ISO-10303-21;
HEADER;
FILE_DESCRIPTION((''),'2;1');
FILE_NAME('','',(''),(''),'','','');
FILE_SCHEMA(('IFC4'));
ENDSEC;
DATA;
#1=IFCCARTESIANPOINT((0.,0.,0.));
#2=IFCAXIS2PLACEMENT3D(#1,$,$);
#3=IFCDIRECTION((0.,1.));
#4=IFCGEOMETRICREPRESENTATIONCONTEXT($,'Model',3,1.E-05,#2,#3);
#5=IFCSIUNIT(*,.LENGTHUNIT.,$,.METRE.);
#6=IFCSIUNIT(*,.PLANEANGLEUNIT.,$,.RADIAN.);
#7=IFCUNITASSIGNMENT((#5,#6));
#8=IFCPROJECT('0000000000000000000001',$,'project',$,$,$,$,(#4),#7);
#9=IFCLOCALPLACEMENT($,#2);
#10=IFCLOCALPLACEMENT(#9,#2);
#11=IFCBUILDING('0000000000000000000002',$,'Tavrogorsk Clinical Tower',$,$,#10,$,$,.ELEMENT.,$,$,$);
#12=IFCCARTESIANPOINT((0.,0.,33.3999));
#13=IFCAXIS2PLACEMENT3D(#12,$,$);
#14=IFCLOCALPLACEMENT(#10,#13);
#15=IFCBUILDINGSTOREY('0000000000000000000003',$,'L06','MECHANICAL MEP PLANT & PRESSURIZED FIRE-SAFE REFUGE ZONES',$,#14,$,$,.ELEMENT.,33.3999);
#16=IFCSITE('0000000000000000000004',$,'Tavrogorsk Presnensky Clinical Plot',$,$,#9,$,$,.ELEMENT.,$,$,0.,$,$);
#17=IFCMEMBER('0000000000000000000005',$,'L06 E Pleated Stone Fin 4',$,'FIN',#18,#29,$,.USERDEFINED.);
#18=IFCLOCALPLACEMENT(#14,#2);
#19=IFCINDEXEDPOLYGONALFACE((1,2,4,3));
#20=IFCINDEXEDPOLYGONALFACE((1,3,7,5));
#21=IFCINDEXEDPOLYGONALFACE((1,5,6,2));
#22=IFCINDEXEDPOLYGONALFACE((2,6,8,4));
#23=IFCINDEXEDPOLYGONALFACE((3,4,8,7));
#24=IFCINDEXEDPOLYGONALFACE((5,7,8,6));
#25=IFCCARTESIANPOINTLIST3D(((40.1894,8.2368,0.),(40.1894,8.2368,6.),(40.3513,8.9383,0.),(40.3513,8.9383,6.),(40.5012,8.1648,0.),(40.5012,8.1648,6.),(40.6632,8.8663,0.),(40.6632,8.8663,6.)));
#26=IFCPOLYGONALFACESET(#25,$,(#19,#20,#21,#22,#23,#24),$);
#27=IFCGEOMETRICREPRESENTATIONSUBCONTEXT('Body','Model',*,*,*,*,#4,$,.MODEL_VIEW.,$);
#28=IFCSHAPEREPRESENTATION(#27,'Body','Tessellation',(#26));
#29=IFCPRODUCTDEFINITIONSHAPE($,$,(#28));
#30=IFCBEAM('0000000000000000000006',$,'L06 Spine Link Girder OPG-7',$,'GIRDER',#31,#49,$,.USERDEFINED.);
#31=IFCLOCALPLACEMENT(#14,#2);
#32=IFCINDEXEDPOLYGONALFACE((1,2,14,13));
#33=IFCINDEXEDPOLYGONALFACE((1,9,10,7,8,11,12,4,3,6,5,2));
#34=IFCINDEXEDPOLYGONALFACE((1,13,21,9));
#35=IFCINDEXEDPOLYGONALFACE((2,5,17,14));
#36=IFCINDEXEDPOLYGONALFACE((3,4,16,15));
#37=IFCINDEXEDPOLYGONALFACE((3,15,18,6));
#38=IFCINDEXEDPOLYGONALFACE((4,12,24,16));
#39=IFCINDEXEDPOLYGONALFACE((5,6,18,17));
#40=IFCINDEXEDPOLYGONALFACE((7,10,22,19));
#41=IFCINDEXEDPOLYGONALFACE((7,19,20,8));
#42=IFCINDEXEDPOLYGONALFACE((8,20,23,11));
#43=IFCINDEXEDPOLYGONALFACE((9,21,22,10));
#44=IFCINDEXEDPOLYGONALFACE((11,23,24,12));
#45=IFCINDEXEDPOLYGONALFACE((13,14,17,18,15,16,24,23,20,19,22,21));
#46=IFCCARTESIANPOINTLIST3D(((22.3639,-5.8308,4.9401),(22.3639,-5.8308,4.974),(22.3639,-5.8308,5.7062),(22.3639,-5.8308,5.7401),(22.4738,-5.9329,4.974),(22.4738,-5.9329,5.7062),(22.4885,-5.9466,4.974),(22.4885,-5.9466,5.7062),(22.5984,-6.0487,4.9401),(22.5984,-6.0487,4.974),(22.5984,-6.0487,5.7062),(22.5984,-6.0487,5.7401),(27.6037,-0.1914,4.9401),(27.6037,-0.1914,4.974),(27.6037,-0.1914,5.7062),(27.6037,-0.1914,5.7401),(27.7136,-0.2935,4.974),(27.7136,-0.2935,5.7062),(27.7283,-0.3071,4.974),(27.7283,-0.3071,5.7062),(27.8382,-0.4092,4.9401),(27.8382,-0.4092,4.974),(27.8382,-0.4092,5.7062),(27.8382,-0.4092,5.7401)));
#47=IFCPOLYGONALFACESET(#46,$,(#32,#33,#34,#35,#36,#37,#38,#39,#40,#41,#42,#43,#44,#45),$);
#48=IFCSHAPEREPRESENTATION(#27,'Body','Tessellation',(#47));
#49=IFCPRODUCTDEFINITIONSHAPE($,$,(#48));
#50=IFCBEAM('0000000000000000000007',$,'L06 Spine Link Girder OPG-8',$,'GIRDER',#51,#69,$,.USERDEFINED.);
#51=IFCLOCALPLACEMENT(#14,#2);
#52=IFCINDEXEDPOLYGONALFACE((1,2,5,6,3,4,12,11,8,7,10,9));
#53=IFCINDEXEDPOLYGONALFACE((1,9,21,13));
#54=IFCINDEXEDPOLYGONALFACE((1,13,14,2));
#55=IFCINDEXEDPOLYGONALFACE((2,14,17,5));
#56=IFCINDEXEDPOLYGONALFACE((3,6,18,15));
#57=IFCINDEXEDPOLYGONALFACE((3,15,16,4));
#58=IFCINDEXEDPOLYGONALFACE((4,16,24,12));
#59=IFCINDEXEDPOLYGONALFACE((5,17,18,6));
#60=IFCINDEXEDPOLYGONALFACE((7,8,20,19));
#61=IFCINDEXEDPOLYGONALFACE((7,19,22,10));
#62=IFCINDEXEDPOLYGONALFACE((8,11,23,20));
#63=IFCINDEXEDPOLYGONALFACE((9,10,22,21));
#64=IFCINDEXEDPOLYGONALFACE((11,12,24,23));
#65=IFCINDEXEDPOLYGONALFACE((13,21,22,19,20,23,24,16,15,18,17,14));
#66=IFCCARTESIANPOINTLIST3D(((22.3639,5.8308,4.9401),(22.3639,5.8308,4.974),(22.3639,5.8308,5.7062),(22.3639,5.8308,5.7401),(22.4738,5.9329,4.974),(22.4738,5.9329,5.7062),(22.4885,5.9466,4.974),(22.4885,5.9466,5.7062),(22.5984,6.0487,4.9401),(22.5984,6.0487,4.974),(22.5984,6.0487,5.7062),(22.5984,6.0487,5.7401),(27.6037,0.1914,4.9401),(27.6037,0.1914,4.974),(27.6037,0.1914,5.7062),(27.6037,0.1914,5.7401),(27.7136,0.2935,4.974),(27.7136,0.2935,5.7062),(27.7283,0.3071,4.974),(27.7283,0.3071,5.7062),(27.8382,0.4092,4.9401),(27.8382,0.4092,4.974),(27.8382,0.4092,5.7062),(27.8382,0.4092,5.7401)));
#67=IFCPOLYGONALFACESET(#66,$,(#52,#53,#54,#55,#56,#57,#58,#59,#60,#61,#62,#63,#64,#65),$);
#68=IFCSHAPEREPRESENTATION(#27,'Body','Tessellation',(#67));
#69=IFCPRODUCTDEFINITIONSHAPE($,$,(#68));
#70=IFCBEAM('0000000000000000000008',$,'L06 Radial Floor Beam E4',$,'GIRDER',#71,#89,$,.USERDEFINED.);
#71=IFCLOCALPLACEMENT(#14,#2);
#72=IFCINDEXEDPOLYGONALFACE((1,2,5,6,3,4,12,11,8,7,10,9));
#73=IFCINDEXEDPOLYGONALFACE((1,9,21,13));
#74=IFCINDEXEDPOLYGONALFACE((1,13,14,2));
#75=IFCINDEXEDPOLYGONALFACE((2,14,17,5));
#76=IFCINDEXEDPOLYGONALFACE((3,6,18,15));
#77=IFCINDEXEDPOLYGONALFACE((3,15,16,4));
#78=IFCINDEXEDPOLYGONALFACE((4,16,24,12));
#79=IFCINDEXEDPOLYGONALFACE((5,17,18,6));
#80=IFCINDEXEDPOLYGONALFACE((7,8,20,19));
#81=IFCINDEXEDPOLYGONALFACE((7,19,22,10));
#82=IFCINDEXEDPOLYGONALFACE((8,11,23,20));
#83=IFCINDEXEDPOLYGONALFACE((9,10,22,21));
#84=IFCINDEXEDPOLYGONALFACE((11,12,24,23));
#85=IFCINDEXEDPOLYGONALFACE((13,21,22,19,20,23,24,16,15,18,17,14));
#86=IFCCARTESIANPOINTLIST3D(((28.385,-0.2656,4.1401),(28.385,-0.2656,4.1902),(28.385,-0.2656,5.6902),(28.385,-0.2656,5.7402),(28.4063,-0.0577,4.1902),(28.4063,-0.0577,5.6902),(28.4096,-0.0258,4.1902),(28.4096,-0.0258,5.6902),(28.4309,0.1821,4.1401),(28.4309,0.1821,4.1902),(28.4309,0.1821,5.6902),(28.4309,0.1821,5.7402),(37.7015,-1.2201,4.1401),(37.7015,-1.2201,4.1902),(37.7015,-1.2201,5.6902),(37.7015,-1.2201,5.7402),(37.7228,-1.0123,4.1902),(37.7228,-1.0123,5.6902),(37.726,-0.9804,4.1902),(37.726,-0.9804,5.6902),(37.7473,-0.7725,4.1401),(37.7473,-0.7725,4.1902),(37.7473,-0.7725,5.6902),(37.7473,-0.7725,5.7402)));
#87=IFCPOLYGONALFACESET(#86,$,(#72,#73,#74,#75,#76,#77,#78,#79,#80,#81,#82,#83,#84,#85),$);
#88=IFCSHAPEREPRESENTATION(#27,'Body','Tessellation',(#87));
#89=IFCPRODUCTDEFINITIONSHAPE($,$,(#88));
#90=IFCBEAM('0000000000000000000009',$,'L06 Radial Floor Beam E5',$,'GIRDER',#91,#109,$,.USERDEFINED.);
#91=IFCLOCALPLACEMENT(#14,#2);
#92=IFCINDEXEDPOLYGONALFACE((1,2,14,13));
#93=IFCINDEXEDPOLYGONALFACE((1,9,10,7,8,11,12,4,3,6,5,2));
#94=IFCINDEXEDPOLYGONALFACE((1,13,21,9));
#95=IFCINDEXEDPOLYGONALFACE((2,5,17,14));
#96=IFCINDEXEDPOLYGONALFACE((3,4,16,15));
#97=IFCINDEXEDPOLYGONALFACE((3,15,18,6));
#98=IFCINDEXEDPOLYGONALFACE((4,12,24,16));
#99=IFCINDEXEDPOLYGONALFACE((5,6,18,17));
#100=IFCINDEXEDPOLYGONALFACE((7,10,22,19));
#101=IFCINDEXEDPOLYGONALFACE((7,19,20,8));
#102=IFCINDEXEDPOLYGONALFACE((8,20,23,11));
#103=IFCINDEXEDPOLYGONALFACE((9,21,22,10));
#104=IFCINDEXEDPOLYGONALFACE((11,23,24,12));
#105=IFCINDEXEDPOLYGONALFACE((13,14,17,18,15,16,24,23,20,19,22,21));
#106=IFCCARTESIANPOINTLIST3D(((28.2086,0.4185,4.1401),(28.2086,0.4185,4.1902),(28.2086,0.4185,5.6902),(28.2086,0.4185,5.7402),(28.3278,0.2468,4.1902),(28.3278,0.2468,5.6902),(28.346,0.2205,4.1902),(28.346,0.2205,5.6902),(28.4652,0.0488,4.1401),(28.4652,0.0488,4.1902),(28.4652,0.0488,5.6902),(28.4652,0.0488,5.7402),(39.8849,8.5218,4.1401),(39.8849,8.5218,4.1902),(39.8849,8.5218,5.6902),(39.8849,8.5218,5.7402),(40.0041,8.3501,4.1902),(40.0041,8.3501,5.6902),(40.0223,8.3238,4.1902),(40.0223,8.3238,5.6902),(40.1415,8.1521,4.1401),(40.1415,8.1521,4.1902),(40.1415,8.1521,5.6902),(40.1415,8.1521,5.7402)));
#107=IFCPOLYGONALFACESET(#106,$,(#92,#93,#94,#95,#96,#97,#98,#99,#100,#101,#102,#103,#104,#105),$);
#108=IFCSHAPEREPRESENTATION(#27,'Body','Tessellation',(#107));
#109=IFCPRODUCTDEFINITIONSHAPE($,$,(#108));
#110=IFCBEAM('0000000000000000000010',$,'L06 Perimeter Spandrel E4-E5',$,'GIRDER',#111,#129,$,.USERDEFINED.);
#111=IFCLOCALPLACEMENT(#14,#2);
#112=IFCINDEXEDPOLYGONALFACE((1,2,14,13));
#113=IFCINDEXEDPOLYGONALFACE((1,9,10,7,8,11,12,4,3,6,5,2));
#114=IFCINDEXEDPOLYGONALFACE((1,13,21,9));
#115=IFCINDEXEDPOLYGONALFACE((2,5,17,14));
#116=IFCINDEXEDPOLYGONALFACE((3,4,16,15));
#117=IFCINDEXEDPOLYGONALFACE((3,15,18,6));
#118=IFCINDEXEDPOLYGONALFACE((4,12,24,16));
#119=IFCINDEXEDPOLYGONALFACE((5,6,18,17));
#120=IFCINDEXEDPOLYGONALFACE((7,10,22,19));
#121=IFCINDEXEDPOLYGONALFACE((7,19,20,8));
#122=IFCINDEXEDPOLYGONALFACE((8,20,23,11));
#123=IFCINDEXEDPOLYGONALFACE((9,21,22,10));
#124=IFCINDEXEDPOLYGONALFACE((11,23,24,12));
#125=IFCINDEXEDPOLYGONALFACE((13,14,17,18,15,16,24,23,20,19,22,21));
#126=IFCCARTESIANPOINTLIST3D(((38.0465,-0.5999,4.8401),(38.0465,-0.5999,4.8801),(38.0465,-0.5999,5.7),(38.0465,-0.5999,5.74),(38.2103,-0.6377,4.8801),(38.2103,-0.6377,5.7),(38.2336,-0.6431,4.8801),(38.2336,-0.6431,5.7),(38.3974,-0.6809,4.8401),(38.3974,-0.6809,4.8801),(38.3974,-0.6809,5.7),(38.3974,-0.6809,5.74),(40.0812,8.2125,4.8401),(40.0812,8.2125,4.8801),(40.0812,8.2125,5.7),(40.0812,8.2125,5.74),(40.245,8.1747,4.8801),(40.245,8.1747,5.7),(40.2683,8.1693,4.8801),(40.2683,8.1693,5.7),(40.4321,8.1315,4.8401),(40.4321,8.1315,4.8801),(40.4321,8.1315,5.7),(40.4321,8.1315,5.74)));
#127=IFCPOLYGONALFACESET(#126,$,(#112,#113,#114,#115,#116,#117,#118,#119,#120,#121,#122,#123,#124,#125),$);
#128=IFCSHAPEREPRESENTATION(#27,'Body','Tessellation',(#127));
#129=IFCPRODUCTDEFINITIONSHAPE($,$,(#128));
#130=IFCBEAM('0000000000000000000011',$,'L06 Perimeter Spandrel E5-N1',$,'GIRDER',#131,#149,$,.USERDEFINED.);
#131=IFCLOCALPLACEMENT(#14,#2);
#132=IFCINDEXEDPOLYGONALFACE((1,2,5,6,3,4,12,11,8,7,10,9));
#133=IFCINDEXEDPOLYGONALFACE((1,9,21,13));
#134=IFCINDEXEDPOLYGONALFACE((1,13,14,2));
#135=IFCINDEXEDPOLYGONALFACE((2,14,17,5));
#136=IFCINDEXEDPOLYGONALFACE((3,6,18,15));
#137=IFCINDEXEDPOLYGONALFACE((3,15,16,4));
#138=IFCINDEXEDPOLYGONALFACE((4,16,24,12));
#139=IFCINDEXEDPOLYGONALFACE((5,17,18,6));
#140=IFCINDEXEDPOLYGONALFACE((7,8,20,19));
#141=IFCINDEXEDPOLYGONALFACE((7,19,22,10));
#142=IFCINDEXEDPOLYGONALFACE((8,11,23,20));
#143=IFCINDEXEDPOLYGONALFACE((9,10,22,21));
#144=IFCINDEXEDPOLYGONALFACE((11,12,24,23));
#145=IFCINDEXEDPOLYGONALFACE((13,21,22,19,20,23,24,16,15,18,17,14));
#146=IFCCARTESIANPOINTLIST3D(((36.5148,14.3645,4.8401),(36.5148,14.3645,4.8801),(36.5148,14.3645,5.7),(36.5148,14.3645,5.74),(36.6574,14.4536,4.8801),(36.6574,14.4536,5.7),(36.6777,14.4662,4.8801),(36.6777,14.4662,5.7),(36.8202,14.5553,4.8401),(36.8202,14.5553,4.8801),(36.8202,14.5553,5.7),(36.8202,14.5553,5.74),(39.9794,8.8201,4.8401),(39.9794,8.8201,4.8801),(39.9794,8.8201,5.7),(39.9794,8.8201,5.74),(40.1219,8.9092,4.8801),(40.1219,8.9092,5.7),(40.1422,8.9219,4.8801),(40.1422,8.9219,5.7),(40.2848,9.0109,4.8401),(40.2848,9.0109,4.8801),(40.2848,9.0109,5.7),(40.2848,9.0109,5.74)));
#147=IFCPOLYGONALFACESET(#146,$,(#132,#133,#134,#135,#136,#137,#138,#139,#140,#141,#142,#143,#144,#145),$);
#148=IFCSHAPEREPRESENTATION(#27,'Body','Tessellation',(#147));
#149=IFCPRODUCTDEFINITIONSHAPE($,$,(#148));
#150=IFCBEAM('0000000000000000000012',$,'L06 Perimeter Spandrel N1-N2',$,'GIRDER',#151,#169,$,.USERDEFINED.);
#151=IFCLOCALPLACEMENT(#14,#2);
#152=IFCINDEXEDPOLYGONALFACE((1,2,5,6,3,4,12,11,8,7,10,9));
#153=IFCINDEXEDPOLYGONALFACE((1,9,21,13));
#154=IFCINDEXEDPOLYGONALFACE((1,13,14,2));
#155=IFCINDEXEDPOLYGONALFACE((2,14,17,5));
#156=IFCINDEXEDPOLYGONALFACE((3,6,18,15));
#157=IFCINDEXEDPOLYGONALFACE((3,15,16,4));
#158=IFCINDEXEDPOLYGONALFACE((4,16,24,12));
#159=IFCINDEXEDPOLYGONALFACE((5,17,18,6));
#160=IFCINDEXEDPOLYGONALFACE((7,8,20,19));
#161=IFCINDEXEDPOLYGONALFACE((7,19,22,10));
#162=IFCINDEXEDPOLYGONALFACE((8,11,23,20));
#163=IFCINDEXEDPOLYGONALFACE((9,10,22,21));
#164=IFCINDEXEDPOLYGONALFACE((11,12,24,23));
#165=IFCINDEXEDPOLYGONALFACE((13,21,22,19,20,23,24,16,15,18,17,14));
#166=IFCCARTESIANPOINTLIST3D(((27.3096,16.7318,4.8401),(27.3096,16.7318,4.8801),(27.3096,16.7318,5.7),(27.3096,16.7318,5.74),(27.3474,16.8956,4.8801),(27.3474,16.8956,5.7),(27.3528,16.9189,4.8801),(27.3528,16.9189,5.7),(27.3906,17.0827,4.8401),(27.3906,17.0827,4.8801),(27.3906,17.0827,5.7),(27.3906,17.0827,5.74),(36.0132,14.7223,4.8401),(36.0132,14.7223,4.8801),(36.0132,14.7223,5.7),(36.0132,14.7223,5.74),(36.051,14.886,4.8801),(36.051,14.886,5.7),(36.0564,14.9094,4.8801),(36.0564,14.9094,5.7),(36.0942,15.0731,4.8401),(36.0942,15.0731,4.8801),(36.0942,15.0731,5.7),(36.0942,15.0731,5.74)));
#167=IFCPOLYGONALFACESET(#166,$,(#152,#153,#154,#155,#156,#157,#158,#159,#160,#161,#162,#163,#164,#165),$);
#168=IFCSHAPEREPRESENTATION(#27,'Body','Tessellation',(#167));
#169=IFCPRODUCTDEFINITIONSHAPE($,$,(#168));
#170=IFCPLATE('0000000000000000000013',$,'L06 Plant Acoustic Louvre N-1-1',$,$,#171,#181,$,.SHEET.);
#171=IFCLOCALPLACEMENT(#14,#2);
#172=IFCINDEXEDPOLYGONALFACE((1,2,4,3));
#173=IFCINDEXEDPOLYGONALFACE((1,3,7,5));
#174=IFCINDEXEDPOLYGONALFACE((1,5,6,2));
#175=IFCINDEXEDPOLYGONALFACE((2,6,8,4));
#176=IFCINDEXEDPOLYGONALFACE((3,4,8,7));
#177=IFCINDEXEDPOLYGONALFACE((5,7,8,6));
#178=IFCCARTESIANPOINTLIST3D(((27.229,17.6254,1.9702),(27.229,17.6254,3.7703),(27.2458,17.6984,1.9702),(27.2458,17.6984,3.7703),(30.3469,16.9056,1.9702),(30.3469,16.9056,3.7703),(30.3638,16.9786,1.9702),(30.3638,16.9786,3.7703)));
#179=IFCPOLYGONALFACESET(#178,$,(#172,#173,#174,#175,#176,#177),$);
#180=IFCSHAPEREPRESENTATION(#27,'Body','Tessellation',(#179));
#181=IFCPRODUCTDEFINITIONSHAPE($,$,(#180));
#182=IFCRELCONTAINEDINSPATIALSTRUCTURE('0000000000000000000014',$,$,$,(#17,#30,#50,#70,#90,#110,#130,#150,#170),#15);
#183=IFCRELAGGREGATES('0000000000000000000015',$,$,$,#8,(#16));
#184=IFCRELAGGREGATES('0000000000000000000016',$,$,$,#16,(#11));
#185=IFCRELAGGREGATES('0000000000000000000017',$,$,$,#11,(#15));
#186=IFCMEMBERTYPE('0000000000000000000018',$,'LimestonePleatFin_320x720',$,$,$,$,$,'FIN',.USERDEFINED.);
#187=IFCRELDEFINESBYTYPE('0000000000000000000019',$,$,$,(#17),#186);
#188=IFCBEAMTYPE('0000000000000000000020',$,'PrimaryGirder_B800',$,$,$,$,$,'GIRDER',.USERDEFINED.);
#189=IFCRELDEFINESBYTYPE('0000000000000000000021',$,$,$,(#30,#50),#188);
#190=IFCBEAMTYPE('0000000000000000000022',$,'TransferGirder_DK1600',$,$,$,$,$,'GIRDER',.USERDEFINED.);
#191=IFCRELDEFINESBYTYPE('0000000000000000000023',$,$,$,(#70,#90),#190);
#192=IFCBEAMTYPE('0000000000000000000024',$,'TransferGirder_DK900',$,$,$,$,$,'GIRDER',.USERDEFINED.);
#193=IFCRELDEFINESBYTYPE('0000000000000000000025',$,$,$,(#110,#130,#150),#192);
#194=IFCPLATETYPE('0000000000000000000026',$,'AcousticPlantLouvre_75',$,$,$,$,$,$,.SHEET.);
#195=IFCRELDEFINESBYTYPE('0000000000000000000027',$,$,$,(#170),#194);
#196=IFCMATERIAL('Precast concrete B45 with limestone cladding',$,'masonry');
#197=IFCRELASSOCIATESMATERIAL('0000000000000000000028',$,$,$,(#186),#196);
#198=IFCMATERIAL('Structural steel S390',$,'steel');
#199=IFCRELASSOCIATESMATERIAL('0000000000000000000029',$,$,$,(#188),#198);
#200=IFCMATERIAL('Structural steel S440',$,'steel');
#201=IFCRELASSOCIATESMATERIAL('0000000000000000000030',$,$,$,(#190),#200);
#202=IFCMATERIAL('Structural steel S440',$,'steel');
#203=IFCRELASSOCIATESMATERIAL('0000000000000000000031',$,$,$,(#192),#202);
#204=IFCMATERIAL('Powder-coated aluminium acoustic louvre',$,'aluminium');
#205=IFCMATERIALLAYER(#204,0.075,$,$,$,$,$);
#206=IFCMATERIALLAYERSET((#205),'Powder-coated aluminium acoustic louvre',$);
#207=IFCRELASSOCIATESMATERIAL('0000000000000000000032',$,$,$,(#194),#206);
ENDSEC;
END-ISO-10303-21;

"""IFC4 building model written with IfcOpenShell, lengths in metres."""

from ifc_helpers import new_model, si_unit, direction, frame, origin, origin_2d, place, context, subcontext, project, spatial, rectangle, i_section, extrude, material, layer, layer_set, material_profile, profile_set, type_object, element, save


model = new_model("IFC4")

# Units and contexts
model_context = context("Model", 3, precision=1e-05, world=origin(), true_north=direction((0.0, 1.0)))
body_context = subcontext(model_context, "Body", "Model", "MODEL_VIEW")
ifc_project = project(units=[si_unit("LENGTHUNIT", "METRE"), si_unit("PLANEANGLEUNIT", "RADIAN")], contexts=[model_context])

# Site, building, storey
site_placement = place(None, origin())
site = spatial("IfcSite", under=ifc_project, at=site_placement, Name="Tavrogorsk Presnensky Clinical Plot", CompositionType="ELEMENT", RefElevation=0.0)
building_placement = place(site_placement, origin())
building = spatial("IfcBuilding", under=site, at=building_placement, Name="Tavrogorsk Clinical Tower", CompositionType="ELEMENT")
storey_placement = place(building_placement, frame((0.0, 0.0, 33.3999)))
storey = spatial("IfcBuildingStorey", under=building, at=storey_placement, Name="L06", Description="MECHANICAL MEP PLANT & PRESSURIZED FIRE-SAFE REFUGE ZONES", CompositionType="ELEMENT", Elevation=33.3999)

# Member
ifc_material_1 = material(Name="Precast concrete B45 with limestone cladding", Category="masonry")
ifc_material_profile_1 = material_profile(ifc_material_1, rectangle(XDim=0.3201, YDim=0.72, at=origin_2d()), Name="LIMESTONE-FIN-320x720")
ifc_profile_set_1 = profile_set([ifc_material_profile_1], Name="Precast concrete B45 with limestone cladding")
member_type_1 = type_object("IfcMemberType", Name="LimestonePleatFin_320x720", ElementType="FIN", PredefinedType="USERDEFINED", material=ifc_profile_set_1)
member_1_placement = place(storey_placement, frame((40.4263, 8.5515, 0.0), z_axis=(0.0, 0.0, 1.0), x_axis=(0.97437, -0.224951, 0.0)))
element("IfcMember", 1, at=member_1_placement, inside=storey, type_object=member_type_1, Name="L06 E Pleated Stone Fin 4", ObjectType="FIN", PredefinedType="USERDEFINED", context=body_context, shape_type="SweptSolid", body=[
    extrude(rectangle(XDim=0.3201, YDim=0.72, at=origin_2d()), origin(), (0.0, 0.0, 1.0), 6.0),
])

# Beams
ifc_material_2 = material(Name="Structural steel S390", Category="steel")
ifc_material_profile_2 = material_profile(ifc_material_2, i_section(OverallWidth=0.3201, OverallDepth=0.8, WebThickness=0.02, FlangeThickness=0.0339, at=origin_2d()), Name="B-800x320x20x34")
ifc_profile_set_2 = profile_set([ifc_material_profile_2], Name="Structural steel S390")
beam_type_1 = type_object("IfcBeamType", Name="PrimaryGirder_B800", ElementType="GIRDER", PredefinedType="USERDEFINED", material=ifc_profile_set_2)
for number, where, z_axis, x_axis, name in (
    (2, (27.7209, -0.3003, 5.3401), (-0.680671, -0.732589, 0.0), (0.732589, -0.680671, 0.0), "L06 Spine Link Girder OPG-7"),
    (3, (27.7209, 0.3003, 5.3401), (-0.680671, 0.732589, 0.0), (-0.732589, -0.680671, 0.0), "L06 Spine Link Girder OPG-8"),
):
    element("IfcBeam", number, at=place(storey_placement, frame(where, z_axis=z_axis, x_axis=x_axis)), inside=storey, type_object=beam_type_1, Name=name, ObjectType="GIRDER", PredefinedType="USERDEFINED", context=body_context, shape_type="SweptSolid", body=[
        extrude(i_section(OverallWidth=0.3201, OverallDepth=0.8, WebThickness=0.02, FlangeThickness=0.0339, at=origin_2d()), origin(), (0.0, 0.0, 1.0), 7.698),
    ])
ifc_material_3 = material(Name="Structural steel S440", Category="steel")
ifc_material_profile_3 = material_profile(ifc_material_3, i_section(OverallWidth=0.45, OverallDepth=1.6001, WebThickness=0.032, FlangeThickness=0.05, at=origin_2d()), Name="DK-1600x450x32x50")
ifc_profile_set_3 = profile_set([ifc_material_profile_3], Name="Structural steel S440")
beam_type_2 = type_object("IfcBeamType", Name="TransferGirder_DK1600", ElementType="GIRDER", PredefinedType="USERDEFINED", material=ifc_profile_set_3)
beam_1_placement = place(storey_placement, frame((28.408, -0.0417, 4.9402), z_axis=(0.994792, -0.10193, 0.0), x_axis=(0.10193, 0.994792, 0.0)))
element("IfcBeam", 4, at=beam_1_placement, inside=storey, type_object=beam_type_2, Name="L06 Radial Floor Beam E4", ObjectType="GIRDER", PredefinedType="USERDEFINED", context=body_context, shape_type="SweptSolid", body=[
    extrude(i_section(OverallWidth=0.45, OverallDepth=1.6001, WebThickness=0.032, FlangeThickness=0.05, at=origin_2d()), origin(), (0.0, 0.0, 1.0), 9.3652),
])
beam_2_placement = place(storey_placement, frame((28.3369, 0.2336, 4.9402), z_axis=(0.821543, 0.570147, 0.0), x_axis=(-0.570147, 0.821543, 0.0)))
element("IfcBeam", 5, at=beam_2_placement, inside=storey, type_object=beam_type_2, Name="L06 Radial Floor Beam E5", ObjectType="GIRDER", PredefinedType="USERDEFINED", context=body_context, shape_type="SweptSolid", body=[
    extrude(i_section(OverallWidth=0.45, OverallDepth=1.6001, WebThickness=0.032, FlangeThickness=0.05, at=origin_2d()), origin(), (0.0, 0.0, 1.0), 14.2126),
])
ifc_material_4 = material(Name="Structural steel S440", Category="steel")
ifc_material_profile_4 = material_profile(ifc_material_4, i_section(OverallWidth=0.3601, OverallDepth=0.8999, WebThickness=0.0239, FlangeThickness=0.04, at=origin_2d()), Name="DK-900x360x24x40")
ifc_profile_set_4 = profile_set([ifc_material_profile_4], Name="Structural steel S440")
beam_type_3 = type_object("IfcBeamType", Name="TransferGirder_DK900", ElementType="GIRDER", PredefinedType="USERDEFINED", material=ifc_profile_set_4)
beam_3_placement = place(storey_placement, frame((38.2219, -0.6404, 5.29), z_axis=(0.224972, 0.974365, 0.0), x_axis=(-0.974365, 0.224972, 0.0)))
element("IfcBeam", 6, at=beam_3_placement, inside=storey, type_object=beam_type_3, Name="L06 Perimeter Spandrel E4-E5", ObjectType="GIRDER", PredefinedType="USERDEFINED", context=body_context, shape_type="SweptSolid", body=[
    extrude(i_section(OverallWidth=0.3601, OverallDepth=0.8999, WebThickness=0.0239, FlangeThickness=0.04, at=origin_2d()), origin(), (0.0, 0.0, 1.0), 9.0442),
])
beam_4_placement = place(storey_placement, frame((40.1321, 8.9155, 5.29), z_axis=(-0.529925, 0.848044, 0.0), x_axis=(-0.848044, -0.529925, 0.0)))
element("IfcBeam", 7, at=beam_4_placement, inside=storey, type_object=beam_type_3, Name="L06 Perimeter Spandrel E5-N1", ObjectType="GIRDER", PredefinedType="USERDEFINED", context=body_context, shape_type="SweptSolid", body=[
    extrude(i_section(OverallWidth=0.3601, OverallDepth=0.8999, WebThickness=0.0239, FlangeThickness=0.04, at=origin_2d()), origin(), (0.0, 0.0, 1.0), 6.5378),
])
beam_5_placement = place(storey_placement, frame((36.0537, 14.8977, 5.29), z_axis=(-0.974367, 0.224965, 0.0), x_axis=(-0.224965, -0.974367, 0.0)))
element("IfcBeam", 8, at=beam_5_placement, inside=storey, type_object=beam_type_3, Name="L06 Perimeter Spandrel N1-N2", ObjectType="GIRDER", PredefinedType="USERDEFINED", context=body_context, shape_type="SweptSolid", body=[
    extrude(i_section(OverallWidth=0.3601, OverallDepth=0.8999, WebThickness=0.0239, FlangeThickness=0.04, at=origin_2d()), origin(), (0.0, 0.0, 1.0), 8.9326),
])

# Plate
ifc_material_5 = material(Name="Powder-coated aluminium acoustic louvre", Category="aluminium")
ifc_layer_1 = layer(ifc_material_5, 0.075)
ifc_layer_set_1 = layer_set([ifc_layer_1], Name="Powder-coated aluminium acoustic louvre")
plate_type = type_object("IfcPlateType", Name="AcousticPlantLouvre_75", PredefinedType="SHEET", material=ifc_layer_set_1)
plate_placement = place(storey_placement, frame((28.7964, 17.302, 1.9702), z_axis=(0.0, 0.0, 1.0), x_axis=(-0.97437, 0.224951, 0.0)))
element("IfcPlate", 9, at=plate_placement, inside=storey, type_object=plate_type, Name="L06 Plant Acoustic Louvre N-1-1", PredefinedType="SHEET", context=body_context, shape_type="SweptSolid", body=[
    extrude(rectangle(XDim=3.2, YDim=0.075, at=origin_2d()), origin(), (0.0, 0.0, 1.0), 1.8),
])

save(model, "model.ifc")
